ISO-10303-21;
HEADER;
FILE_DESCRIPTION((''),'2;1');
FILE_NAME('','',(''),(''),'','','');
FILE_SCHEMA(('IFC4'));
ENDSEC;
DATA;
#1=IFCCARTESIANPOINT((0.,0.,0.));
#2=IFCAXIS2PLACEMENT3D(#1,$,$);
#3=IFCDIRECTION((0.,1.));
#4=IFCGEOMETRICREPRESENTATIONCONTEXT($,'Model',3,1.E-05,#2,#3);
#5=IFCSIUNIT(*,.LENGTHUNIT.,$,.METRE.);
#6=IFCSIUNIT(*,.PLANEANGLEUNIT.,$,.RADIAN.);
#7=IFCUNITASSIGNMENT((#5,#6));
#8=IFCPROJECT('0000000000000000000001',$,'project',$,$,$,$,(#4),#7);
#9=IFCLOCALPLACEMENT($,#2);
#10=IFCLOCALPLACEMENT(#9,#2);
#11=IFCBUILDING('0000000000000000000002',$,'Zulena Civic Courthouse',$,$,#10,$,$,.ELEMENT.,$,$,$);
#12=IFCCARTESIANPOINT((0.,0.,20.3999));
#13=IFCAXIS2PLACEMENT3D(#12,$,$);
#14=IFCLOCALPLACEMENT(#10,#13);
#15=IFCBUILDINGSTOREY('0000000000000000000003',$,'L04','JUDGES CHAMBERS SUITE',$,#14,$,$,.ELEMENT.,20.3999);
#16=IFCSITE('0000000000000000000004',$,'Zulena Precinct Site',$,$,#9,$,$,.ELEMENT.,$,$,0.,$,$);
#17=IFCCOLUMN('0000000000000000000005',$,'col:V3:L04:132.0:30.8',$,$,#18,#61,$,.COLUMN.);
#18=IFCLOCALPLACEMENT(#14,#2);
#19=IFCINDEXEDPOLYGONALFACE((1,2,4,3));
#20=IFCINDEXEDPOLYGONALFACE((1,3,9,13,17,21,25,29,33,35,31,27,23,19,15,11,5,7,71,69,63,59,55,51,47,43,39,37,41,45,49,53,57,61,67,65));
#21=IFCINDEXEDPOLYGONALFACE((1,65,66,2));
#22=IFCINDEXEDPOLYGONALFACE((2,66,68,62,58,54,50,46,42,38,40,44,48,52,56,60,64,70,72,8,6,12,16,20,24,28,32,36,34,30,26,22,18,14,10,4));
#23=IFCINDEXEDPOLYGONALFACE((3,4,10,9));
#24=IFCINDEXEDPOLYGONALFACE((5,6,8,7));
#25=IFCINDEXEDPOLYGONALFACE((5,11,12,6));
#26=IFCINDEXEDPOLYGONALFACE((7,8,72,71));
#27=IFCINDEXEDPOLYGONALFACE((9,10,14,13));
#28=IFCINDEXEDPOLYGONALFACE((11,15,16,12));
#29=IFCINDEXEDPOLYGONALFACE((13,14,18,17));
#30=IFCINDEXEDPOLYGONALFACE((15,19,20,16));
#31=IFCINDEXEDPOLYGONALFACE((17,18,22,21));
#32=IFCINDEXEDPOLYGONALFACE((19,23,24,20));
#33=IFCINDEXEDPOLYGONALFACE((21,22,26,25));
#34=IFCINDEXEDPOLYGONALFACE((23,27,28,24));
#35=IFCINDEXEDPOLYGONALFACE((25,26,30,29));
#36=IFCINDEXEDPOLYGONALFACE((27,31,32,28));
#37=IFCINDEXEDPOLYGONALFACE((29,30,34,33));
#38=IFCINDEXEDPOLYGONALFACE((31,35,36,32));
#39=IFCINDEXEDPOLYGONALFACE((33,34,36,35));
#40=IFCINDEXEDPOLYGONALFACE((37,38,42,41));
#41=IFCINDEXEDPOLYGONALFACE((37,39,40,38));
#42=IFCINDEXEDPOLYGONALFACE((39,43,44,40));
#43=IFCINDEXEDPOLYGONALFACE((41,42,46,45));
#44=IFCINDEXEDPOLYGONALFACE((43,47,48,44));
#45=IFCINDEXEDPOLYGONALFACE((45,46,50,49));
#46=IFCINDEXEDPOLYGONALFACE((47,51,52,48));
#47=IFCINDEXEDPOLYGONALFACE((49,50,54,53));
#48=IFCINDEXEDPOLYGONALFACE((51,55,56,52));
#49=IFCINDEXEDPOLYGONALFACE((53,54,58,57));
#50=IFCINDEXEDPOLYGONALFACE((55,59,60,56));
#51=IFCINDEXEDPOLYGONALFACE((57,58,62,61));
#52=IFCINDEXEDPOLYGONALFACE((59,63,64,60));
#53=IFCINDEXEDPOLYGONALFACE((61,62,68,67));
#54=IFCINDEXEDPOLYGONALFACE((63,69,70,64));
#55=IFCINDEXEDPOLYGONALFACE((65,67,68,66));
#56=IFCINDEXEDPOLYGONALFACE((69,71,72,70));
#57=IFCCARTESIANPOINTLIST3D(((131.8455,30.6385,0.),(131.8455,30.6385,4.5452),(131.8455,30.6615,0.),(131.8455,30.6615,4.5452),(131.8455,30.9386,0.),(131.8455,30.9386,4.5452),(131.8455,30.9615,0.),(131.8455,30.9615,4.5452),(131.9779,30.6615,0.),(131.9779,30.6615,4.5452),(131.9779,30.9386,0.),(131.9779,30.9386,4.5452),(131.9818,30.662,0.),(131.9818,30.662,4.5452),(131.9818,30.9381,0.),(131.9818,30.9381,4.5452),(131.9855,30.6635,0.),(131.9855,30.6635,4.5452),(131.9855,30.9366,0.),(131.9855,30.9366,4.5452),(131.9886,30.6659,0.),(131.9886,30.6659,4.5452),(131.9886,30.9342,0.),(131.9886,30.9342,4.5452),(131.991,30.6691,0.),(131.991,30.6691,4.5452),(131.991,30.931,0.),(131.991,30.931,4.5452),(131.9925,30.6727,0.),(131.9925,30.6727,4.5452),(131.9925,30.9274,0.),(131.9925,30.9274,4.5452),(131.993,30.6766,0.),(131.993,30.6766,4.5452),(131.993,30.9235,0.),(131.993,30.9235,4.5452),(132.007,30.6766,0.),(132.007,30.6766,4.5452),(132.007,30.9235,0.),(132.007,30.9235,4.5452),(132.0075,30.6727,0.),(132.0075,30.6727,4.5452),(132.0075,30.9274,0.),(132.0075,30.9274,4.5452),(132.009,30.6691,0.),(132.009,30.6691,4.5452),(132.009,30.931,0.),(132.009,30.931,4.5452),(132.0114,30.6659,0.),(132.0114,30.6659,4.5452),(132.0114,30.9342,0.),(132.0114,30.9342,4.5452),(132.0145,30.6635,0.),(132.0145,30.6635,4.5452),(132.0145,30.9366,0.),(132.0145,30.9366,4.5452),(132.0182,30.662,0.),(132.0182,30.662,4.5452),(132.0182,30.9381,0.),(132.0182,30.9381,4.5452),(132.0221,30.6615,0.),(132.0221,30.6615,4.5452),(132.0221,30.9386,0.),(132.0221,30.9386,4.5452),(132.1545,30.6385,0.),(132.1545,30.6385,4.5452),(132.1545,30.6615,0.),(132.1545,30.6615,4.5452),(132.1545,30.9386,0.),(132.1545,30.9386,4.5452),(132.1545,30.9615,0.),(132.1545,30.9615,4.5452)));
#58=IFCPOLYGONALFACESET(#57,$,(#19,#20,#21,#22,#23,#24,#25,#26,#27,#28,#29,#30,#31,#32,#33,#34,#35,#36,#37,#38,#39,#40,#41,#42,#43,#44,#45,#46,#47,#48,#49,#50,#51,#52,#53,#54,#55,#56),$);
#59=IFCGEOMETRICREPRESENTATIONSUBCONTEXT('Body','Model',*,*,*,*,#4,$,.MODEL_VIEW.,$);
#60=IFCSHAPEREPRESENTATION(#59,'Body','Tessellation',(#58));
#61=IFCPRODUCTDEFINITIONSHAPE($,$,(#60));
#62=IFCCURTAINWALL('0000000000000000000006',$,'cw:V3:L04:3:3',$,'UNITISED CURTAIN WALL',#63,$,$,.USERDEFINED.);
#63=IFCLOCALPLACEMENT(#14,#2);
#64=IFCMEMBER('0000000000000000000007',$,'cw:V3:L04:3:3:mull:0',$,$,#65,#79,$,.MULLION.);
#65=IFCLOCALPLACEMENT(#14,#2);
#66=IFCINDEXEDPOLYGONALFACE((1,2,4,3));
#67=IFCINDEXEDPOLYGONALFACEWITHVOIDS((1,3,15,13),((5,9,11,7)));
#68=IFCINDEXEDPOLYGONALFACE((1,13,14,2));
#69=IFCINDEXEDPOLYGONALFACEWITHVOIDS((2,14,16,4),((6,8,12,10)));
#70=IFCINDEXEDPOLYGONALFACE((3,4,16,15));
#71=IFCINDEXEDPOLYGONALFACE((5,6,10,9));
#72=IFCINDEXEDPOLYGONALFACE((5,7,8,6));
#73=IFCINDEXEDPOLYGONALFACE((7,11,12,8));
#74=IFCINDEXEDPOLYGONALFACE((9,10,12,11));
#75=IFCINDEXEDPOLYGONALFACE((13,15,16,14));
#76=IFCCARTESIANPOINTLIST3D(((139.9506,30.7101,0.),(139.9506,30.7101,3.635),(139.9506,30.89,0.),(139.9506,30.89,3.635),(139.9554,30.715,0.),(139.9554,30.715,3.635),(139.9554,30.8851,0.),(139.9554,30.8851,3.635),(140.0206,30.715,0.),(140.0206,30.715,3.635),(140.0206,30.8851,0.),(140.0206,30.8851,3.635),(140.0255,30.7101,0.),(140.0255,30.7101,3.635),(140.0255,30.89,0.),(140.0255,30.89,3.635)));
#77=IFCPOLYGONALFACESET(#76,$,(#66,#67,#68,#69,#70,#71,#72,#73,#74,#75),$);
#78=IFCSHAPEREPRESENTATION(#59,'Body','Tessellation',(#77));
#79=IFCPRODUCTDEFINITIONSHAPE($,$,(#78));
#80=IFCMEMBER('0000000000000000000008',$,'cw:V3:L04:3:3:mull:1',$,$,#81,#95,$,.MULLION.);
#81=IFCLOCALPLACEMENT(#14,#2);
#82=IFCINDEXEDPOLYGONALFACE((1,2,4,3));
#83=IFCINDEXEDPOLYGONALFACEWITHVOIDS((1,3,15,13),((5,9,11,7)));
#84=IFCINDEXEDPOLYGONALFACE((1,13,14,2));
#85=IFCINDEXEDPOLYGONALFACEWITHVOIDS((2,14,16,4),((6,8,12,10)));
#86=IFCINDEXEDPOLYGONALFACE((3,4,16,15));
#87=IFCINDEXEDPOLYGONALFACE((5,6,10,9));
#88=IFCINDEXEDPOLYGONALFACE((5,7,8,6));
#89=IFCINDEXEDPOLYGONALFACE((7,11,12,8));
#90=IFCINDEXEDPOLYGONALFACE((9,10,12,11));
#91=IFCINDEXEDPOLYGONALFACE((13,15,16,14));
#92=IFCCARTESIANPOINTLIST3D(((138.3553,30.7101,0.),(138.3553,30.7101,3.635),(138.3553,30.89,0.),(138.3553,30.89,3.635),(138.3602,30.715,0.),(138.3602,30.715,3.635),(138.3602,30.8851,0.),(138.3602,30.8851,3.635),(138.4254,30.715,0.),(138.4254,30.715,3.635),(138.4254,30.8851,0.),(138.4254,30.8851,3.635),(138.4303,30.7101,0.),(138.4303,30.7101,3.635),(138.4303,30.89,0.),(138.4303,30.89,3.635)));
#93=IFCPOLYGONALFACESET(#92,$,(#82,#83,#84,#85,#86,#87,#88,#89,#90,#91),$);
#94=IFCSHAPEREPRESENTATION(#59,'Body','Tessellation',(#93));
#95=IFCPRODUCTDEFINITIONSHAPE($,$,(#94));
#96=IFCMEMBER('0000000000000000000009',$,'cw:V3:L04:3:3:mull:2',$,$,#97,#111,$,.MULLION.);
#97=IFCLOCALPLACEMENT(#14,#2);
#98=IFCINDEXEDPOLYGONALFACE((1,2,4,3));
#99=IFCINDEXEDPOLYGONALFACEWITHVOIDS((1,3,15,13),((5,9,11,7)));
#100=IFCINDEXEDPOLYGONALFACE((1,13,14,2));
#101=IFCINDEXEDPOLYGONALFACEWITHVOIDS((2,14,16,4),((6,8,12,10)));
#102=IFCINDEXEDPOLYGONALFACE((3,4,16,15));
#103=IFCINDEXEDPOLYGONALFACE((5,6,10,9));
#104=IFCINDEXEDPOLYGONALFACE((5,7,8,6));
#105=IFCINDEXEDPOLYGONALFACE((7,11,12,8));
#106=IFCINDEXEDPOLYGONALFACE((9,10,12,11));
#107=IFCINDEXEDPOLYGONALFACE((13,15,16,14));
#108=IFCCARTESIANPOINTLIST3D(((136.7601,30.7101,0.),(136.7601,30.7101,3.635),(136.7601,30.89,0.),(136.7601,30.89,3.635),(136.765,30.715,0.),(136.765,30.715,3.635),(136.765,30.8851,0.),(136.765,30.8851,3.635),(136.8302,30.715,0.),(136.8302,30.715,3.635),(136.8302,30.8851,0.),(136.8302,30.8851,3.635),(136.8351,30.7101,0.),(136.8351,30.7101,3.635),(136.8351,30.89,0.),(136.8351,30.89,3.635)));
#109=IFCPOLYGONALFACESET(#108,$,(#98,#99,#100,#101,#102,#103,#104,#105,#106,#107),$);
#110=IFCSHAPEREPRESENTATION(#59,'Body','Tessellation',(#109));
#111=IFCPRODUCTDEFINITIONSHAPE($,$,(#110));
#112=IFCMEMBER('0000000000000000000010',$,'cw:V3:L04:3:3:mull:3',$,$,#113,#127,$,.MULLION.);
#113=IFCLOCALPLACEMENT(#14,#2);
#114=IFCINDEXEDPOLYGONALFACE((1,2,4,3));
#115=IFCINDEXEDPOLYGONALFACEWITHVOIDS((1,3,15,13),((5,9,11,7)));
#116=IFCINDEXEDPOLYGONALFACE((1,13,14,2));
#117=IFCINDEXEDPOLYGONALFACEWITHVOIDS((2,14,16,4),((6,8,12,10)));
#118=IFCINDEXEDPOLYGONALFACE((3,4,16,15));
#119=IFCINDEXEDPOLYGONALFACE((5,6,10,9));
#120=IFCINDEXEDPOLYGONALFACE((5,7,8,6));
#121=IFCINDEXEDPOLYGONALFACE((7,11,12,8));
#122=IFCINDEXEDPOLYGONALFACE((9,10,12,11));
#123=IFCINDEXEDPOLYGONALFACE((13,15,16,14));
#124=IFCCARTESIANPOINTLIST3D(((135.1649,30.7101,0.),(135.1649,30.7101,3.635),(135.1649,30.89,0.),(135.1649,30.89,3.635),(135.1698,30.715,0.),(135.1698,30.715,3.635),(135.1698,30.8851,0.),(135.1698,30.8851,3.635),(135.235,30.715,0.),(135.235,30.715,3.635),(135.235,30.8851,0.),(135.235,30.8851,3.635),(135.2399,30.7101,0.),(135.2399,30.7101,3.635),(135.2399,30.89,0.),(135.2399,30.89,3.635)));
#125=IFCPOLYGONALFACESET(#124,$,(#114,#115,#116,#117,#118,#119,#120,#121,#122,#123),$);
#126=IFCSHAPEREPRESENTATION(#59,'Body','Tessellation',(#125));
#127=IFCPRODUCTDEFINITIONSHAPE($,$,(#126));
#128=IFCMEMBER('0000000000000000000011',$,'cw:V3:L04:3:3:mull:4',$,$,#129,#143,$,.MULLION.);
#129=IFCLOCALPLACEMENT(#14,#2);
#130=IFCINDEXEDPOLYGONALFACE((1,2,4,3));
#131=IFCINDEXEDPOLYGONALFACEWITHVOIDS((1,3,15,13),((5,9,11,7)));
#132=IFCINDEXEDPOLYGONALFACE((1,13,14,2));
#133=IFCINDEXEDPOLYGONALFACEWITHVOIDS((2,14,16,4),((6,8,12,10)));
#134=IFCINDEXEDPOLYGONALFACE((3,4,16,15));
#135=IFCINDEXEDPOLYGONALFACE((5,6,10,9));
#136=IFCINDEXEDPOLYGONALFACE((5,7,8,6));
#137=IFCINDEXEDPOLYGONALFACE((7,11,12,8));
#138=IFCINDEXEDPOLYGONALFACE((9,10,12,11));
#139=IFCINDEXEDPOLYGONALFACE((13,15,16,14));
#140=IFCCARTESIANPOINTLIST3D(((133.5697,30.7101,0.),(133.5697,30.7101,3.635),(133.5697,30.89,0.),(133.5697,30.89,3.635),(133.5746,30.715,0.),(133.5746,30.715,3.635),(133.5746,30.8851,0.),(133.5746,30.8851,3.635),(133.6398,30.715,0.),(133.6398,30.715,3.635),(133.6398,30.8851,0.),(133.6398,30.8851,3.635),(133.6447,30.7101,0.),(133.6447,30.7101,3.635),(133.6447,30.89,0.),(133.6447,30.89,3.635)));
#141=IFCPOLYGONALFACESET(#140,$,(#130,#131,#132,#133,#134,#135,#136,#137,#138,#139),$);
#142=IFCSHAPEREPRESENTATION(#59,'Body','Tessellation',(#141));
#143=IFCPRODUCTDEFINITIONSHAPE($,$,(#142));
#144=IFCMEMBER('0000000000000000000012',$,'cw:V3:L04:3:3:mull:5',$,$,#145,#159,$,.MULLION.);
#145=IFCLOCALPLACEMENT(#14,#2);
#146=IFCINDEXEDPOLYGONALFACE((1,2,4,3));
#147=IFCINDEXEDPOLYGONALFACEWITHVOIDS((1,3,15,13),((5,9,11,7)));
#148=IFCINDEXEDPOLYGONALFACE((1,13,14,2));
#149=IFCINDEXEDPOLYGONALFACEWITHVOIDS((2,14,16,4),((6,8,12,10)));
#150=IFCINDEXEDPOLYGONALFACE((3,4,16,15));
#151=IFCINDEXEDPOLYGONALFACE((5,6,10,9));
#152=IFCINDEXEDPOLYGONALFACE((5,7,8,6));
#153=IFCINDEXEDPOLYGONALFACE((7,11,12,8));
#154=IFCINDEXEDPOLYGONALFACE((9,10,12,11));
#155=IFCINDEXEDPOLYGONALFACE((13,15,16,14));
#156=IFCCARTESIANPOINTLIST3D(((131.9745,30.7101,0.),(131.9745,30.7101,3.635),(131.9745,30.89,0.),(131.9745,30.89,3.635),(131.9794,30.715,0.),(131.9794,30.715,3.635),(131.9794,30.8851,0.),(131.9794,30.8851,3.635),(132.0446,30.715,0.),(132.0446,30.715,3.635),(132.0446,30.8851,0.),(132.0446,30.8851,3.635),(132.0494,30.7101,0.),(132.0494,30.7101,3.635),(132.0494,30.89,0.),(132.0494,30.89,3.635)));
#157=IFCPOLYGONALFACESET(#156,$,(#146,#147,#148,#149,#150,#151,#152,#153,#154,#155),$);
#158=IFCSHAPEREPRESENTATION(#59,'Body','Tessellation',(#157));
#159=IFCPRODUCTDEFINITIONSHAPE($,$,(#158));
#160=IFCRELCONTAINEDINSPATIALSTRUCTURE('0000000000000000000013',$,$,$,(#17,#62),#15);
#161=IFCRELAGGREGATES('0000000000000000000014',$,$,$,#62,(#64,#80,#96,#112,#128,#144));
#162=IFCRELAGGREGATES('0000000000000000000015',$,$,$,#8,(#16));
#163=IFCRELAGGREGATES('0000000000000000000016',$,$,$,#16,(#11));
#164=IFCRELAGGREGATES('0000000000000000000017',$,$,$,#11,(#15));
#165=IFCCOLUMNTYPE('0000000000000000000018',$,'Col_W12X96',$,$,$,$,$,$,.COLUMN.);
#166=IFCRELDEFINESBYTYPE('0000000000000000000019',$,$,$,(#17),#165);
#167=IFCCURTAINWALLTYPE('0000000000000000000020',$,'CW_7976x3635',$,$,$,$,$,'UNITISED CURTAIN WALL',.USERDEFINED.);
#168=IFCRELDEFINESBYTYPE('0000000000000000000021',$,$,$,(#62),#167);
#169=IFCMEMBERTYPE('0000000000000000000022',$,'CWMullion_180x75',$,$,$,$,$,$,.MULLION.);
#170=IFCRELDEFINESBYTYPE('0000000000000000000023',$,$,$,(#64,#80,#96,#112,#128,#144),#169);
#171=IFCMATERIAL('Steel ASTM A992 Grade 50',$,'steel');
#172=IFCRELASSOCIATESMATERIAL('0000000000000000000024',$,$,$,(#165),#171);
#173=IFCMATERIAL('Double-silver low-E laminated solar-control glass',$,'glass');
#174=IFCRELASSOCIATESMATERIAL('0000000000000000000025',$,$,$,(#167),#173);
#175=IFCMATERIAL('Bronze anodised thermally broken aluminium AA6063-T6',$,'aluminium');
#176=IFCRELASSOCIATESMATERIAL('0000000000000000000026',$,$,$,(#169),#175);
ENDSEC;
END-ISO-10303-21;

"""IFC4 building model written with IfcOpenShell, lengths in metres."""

from ifc_helpers import new_model, si_unit, direction, frame, origin, origin_2d, place, context, subcontext, project, spatial, hollow_rectangle, i_section, extrude, material, material_profile, profile_set, type_object, element, aggregate, save


model = new_model("IFC4")

# Units and contexts
model_context = context("Model", 3, precision=1e-05, world=origin(), true_north=direction((0.0, 1.0)))
body_context = subcontext(model_context, "Body", "Model", "MODEL_VIEW")
ifc_project = project(units=[si_unit("LENGTHUNIT", "METRE"), si_unit("PLANEANGLEUNIT", "RADIAN")], contexts=[model_context])

# Site, building, storey
site_placement = place(None, origin())
site = spatial("IfcSite", under=ifc_project, at=site_placement, Name="Zulena Precinct Site", CompositionType="ELEMENT", RefElevation=0.0)
building_placement = place(site_placement, origin())
building = spatial("IfcBuilding", under=site, at=building_placement, Name="Zulena Civic Courthouse", CompositionType="ELEMENT")
storey_placement = place(building_placement, frame((0.0, 0.0, 20.3999)))
storey = spatial("IfcBuildingStorey", under=building, at=storey_placement, Name="L04", Description="JUDGES CHAMBERS SUITE", CompositionType="ELEMENT", Elevation=20.3999)

# Column
ifc_material_1 = material(Name="Steel ASTM A992 Grade 50", Category="steel")
ifc_material_profile_1 = material_profile(ifc_material_1, i_section(OverallWidth=0.3091, OverallDepth=0.323, WebThickness=0.0139, FlangeThickness=0.0229, FilletRadius=0.0151, at=origin_2d()), Name="W12X96")
ifc_profile_set_1 = profile_set([ifc_material_profile_1], Name="Steel ASTM A992 Grade 50")
column_type = type_object("IfcColumnType", Name="Col_W12X96", PredefinedType="COLUMN", material=ifc_profile_set_1)
column_placement = place(storey_placement, frame((132.0, 30.8, 0.0), z_axis=(0.0, 0.0, 1.0), x_axis=(1.0, 0.0, 0.0)))
element("IfcColumn", 1, at=column_placement, inside=storey, type_object=column_type, Name="col:V3:L04:132.0:30.8", PredefinedType="COLUMN", context=body_context, shape_type="SweptSolid", body=[
    extrude(i_section(OverallWidth=0.3091, OverallDepth=0.323, WebThickness=0.0139, FlangeThickness=0.0229, FilletRadius=0.0151, at=origin_2d()), origin(), (0.0, 0.0, 1.0), 4.5452),
])

# Curtain wall, members
ifc_material_2 = material(Name="Double-silver low-E laminated solar-control glass", Category="glass")
curtain_wall_type = type_object("IfcCurtainWallType", Name="CW_7976x3635", ElementType="UNITISED CURTAIN WALL", PredefinedType="USERDEFINED", material=ifc_material_2)
curtain_wall_placement = place(storey_placement, origin())
curtain_wall = element("IfcCurtainWall", 2, at=curtain_wall_placement, inside=storey, type_object=curtain_wall_type, Name="cw:V3:L04:3:3", ObjectType="UNITISED CURTAIN WALL", PredefinedType="USERDEFINED")
ifc_material_3 = material(Name="Bronze anodised thermally broken aluminium AA6063-T6", Category="aluminium")
ifc_material_profile_2 = material_profile(ifc_material_3, hollow_rectangle(XDim=0.075, YDim=0.1799, WallThickness=0.0049, at=origin_2d()), Name="CWM180X75X5")
ifc_profile_set_2 = profile_set([ifc_material_profile_2], Name="Bronze anodised thermally broken aluminium AA6063-T6")
member_type_1 = type_object("IfcMemberType", Name="CWMullion_180x75", PredefinedType="MULLION", material=ifc_profile_set_2)
member_1_placement = place(storey_placement, frame((139.988, 30.8, 0.0), z_axis=(0.0, 0.0, 1.0), x_axis=(1.0, 0.0, 0.0)))
member_1 = element("IfcMember", 3, at=member_1_placement, type_object=member_type_1, Name="cw:V3:L04:3:3:mull:0", PredefinedType="MULLION", context=body_context, shape_type="SweptSolid", body=[
    extrude(hollow_rectangle(XDim=0.075, YDim=0.1799, WallThickness=0.0049, at=origin_2d()), origin(), (0.0, 0.0, 1.0), 3.635),
])
member_2_placement = place(storey_placement, frame((138.3928, 30.8, 0.0), z_axis=(0.0, 0.0, 1.0), x_axis=(1.0, 0.0, 0.0)))
member_2 = element("IfcMember", 4, at=member_2_placement, type_object=member_type_1, Name="cw:V3:L04:3:3:mull:1", PredefinedType="MULLION", context=body_context, shape_type="SweptSolid", body=[
    extrude(hollow_rectangle(XDim=0.075, YDim=0.1799, WallThickness=0.0049, at=origin_2d()), origin(), (0.0, 0.0, 1.0), 3.635),
])
member_3_placement = place(storey_placement, frame((136.7976, 30.8, 0.0), z_axis=(0.0, 0.0, 1.0), x_axis=(1.0, 0.0, 0.0)))
member_3 = element("IfcMember", 5, at=member_3_placement, type_object=member_type_1, Name="cw:V3:L04:3:3:mull:2", PredefinedType="MULLION", context=body_context, shape_type="SweptSolid", body=[
    extrude(hollow_rectangle(XDim=0.075, YDim=0.1799, WallThickness=0.0049, at=origin_2d()), origin(), (0.0, 0.0, 1.0), 3.635),
])
member_4_placement = place(storey_placement, frame((135.2024, 30.8, 0.0), z_axis=(0.0, 0.0, 1.0), x_axis=(1.0, 0.0, 0.0)))
member_4 = element("IfcMember", 6, at=member_4_placement, type_object=member_type_1, Name="cw:V3:L04:3:3:mull:3", PredefinedType="MULLION", context=body_context, shape_type="SweptSolid", body=[
    extrude(hollow_rectangle(XDim=0.075, YDim=0.1799, WallThickness=0.0049, at=origin_2d()), origin(), (0.0, 0.0, 1.0), 3.635),
])
member_5_placement = place(storey_placement, frame((133.6072, 30.8, 0.0), z_axis=(0.0, 0.0, 1.0), x_axis=(1.0, 0.0, 0.0)))
member_5 = element("IfcMember", 7, at=member_5_placement, type_object=member_type_1, Name="cw:V3:L04:3:3:mull:4", PredefinedType="MULLION", context=body_context, shape_type="SweptSolid", body=[
    extrude(hollow_rectangle(XDim=0.075, YDim=0.1799, WallThickness=0.0049, at=origin_2d()), origin(), (0.0, 0.0, 1.0), 3.635),
])
member_6_placement = place(storey_placement, frame((132.012, 30.8, 0.0), z_axis=(0.0, 0.0, 1.0), x_axis=(1.0, 0.0, 0.0)))
member_6 = element("IfcMember", 8, at=member_6_placement, type_object=member_type_1, Name="cw:V3:L04:3:3:mull:5", PredefinedType="MULLION", context=body_context, shape_type="SweptSolid", body=[
    extrude(hollow_rectangle(XDim=0.075, YDim=0.1799, WallThickness=0.0049, at=origin_2d()), origin(), (0.0, 0.0, 1.0), 3.635),
])

aggregate(curtain_wall, [member_1, member_2, member_3, member_4, member_5, member_6])

save(model, "model.ifc")
